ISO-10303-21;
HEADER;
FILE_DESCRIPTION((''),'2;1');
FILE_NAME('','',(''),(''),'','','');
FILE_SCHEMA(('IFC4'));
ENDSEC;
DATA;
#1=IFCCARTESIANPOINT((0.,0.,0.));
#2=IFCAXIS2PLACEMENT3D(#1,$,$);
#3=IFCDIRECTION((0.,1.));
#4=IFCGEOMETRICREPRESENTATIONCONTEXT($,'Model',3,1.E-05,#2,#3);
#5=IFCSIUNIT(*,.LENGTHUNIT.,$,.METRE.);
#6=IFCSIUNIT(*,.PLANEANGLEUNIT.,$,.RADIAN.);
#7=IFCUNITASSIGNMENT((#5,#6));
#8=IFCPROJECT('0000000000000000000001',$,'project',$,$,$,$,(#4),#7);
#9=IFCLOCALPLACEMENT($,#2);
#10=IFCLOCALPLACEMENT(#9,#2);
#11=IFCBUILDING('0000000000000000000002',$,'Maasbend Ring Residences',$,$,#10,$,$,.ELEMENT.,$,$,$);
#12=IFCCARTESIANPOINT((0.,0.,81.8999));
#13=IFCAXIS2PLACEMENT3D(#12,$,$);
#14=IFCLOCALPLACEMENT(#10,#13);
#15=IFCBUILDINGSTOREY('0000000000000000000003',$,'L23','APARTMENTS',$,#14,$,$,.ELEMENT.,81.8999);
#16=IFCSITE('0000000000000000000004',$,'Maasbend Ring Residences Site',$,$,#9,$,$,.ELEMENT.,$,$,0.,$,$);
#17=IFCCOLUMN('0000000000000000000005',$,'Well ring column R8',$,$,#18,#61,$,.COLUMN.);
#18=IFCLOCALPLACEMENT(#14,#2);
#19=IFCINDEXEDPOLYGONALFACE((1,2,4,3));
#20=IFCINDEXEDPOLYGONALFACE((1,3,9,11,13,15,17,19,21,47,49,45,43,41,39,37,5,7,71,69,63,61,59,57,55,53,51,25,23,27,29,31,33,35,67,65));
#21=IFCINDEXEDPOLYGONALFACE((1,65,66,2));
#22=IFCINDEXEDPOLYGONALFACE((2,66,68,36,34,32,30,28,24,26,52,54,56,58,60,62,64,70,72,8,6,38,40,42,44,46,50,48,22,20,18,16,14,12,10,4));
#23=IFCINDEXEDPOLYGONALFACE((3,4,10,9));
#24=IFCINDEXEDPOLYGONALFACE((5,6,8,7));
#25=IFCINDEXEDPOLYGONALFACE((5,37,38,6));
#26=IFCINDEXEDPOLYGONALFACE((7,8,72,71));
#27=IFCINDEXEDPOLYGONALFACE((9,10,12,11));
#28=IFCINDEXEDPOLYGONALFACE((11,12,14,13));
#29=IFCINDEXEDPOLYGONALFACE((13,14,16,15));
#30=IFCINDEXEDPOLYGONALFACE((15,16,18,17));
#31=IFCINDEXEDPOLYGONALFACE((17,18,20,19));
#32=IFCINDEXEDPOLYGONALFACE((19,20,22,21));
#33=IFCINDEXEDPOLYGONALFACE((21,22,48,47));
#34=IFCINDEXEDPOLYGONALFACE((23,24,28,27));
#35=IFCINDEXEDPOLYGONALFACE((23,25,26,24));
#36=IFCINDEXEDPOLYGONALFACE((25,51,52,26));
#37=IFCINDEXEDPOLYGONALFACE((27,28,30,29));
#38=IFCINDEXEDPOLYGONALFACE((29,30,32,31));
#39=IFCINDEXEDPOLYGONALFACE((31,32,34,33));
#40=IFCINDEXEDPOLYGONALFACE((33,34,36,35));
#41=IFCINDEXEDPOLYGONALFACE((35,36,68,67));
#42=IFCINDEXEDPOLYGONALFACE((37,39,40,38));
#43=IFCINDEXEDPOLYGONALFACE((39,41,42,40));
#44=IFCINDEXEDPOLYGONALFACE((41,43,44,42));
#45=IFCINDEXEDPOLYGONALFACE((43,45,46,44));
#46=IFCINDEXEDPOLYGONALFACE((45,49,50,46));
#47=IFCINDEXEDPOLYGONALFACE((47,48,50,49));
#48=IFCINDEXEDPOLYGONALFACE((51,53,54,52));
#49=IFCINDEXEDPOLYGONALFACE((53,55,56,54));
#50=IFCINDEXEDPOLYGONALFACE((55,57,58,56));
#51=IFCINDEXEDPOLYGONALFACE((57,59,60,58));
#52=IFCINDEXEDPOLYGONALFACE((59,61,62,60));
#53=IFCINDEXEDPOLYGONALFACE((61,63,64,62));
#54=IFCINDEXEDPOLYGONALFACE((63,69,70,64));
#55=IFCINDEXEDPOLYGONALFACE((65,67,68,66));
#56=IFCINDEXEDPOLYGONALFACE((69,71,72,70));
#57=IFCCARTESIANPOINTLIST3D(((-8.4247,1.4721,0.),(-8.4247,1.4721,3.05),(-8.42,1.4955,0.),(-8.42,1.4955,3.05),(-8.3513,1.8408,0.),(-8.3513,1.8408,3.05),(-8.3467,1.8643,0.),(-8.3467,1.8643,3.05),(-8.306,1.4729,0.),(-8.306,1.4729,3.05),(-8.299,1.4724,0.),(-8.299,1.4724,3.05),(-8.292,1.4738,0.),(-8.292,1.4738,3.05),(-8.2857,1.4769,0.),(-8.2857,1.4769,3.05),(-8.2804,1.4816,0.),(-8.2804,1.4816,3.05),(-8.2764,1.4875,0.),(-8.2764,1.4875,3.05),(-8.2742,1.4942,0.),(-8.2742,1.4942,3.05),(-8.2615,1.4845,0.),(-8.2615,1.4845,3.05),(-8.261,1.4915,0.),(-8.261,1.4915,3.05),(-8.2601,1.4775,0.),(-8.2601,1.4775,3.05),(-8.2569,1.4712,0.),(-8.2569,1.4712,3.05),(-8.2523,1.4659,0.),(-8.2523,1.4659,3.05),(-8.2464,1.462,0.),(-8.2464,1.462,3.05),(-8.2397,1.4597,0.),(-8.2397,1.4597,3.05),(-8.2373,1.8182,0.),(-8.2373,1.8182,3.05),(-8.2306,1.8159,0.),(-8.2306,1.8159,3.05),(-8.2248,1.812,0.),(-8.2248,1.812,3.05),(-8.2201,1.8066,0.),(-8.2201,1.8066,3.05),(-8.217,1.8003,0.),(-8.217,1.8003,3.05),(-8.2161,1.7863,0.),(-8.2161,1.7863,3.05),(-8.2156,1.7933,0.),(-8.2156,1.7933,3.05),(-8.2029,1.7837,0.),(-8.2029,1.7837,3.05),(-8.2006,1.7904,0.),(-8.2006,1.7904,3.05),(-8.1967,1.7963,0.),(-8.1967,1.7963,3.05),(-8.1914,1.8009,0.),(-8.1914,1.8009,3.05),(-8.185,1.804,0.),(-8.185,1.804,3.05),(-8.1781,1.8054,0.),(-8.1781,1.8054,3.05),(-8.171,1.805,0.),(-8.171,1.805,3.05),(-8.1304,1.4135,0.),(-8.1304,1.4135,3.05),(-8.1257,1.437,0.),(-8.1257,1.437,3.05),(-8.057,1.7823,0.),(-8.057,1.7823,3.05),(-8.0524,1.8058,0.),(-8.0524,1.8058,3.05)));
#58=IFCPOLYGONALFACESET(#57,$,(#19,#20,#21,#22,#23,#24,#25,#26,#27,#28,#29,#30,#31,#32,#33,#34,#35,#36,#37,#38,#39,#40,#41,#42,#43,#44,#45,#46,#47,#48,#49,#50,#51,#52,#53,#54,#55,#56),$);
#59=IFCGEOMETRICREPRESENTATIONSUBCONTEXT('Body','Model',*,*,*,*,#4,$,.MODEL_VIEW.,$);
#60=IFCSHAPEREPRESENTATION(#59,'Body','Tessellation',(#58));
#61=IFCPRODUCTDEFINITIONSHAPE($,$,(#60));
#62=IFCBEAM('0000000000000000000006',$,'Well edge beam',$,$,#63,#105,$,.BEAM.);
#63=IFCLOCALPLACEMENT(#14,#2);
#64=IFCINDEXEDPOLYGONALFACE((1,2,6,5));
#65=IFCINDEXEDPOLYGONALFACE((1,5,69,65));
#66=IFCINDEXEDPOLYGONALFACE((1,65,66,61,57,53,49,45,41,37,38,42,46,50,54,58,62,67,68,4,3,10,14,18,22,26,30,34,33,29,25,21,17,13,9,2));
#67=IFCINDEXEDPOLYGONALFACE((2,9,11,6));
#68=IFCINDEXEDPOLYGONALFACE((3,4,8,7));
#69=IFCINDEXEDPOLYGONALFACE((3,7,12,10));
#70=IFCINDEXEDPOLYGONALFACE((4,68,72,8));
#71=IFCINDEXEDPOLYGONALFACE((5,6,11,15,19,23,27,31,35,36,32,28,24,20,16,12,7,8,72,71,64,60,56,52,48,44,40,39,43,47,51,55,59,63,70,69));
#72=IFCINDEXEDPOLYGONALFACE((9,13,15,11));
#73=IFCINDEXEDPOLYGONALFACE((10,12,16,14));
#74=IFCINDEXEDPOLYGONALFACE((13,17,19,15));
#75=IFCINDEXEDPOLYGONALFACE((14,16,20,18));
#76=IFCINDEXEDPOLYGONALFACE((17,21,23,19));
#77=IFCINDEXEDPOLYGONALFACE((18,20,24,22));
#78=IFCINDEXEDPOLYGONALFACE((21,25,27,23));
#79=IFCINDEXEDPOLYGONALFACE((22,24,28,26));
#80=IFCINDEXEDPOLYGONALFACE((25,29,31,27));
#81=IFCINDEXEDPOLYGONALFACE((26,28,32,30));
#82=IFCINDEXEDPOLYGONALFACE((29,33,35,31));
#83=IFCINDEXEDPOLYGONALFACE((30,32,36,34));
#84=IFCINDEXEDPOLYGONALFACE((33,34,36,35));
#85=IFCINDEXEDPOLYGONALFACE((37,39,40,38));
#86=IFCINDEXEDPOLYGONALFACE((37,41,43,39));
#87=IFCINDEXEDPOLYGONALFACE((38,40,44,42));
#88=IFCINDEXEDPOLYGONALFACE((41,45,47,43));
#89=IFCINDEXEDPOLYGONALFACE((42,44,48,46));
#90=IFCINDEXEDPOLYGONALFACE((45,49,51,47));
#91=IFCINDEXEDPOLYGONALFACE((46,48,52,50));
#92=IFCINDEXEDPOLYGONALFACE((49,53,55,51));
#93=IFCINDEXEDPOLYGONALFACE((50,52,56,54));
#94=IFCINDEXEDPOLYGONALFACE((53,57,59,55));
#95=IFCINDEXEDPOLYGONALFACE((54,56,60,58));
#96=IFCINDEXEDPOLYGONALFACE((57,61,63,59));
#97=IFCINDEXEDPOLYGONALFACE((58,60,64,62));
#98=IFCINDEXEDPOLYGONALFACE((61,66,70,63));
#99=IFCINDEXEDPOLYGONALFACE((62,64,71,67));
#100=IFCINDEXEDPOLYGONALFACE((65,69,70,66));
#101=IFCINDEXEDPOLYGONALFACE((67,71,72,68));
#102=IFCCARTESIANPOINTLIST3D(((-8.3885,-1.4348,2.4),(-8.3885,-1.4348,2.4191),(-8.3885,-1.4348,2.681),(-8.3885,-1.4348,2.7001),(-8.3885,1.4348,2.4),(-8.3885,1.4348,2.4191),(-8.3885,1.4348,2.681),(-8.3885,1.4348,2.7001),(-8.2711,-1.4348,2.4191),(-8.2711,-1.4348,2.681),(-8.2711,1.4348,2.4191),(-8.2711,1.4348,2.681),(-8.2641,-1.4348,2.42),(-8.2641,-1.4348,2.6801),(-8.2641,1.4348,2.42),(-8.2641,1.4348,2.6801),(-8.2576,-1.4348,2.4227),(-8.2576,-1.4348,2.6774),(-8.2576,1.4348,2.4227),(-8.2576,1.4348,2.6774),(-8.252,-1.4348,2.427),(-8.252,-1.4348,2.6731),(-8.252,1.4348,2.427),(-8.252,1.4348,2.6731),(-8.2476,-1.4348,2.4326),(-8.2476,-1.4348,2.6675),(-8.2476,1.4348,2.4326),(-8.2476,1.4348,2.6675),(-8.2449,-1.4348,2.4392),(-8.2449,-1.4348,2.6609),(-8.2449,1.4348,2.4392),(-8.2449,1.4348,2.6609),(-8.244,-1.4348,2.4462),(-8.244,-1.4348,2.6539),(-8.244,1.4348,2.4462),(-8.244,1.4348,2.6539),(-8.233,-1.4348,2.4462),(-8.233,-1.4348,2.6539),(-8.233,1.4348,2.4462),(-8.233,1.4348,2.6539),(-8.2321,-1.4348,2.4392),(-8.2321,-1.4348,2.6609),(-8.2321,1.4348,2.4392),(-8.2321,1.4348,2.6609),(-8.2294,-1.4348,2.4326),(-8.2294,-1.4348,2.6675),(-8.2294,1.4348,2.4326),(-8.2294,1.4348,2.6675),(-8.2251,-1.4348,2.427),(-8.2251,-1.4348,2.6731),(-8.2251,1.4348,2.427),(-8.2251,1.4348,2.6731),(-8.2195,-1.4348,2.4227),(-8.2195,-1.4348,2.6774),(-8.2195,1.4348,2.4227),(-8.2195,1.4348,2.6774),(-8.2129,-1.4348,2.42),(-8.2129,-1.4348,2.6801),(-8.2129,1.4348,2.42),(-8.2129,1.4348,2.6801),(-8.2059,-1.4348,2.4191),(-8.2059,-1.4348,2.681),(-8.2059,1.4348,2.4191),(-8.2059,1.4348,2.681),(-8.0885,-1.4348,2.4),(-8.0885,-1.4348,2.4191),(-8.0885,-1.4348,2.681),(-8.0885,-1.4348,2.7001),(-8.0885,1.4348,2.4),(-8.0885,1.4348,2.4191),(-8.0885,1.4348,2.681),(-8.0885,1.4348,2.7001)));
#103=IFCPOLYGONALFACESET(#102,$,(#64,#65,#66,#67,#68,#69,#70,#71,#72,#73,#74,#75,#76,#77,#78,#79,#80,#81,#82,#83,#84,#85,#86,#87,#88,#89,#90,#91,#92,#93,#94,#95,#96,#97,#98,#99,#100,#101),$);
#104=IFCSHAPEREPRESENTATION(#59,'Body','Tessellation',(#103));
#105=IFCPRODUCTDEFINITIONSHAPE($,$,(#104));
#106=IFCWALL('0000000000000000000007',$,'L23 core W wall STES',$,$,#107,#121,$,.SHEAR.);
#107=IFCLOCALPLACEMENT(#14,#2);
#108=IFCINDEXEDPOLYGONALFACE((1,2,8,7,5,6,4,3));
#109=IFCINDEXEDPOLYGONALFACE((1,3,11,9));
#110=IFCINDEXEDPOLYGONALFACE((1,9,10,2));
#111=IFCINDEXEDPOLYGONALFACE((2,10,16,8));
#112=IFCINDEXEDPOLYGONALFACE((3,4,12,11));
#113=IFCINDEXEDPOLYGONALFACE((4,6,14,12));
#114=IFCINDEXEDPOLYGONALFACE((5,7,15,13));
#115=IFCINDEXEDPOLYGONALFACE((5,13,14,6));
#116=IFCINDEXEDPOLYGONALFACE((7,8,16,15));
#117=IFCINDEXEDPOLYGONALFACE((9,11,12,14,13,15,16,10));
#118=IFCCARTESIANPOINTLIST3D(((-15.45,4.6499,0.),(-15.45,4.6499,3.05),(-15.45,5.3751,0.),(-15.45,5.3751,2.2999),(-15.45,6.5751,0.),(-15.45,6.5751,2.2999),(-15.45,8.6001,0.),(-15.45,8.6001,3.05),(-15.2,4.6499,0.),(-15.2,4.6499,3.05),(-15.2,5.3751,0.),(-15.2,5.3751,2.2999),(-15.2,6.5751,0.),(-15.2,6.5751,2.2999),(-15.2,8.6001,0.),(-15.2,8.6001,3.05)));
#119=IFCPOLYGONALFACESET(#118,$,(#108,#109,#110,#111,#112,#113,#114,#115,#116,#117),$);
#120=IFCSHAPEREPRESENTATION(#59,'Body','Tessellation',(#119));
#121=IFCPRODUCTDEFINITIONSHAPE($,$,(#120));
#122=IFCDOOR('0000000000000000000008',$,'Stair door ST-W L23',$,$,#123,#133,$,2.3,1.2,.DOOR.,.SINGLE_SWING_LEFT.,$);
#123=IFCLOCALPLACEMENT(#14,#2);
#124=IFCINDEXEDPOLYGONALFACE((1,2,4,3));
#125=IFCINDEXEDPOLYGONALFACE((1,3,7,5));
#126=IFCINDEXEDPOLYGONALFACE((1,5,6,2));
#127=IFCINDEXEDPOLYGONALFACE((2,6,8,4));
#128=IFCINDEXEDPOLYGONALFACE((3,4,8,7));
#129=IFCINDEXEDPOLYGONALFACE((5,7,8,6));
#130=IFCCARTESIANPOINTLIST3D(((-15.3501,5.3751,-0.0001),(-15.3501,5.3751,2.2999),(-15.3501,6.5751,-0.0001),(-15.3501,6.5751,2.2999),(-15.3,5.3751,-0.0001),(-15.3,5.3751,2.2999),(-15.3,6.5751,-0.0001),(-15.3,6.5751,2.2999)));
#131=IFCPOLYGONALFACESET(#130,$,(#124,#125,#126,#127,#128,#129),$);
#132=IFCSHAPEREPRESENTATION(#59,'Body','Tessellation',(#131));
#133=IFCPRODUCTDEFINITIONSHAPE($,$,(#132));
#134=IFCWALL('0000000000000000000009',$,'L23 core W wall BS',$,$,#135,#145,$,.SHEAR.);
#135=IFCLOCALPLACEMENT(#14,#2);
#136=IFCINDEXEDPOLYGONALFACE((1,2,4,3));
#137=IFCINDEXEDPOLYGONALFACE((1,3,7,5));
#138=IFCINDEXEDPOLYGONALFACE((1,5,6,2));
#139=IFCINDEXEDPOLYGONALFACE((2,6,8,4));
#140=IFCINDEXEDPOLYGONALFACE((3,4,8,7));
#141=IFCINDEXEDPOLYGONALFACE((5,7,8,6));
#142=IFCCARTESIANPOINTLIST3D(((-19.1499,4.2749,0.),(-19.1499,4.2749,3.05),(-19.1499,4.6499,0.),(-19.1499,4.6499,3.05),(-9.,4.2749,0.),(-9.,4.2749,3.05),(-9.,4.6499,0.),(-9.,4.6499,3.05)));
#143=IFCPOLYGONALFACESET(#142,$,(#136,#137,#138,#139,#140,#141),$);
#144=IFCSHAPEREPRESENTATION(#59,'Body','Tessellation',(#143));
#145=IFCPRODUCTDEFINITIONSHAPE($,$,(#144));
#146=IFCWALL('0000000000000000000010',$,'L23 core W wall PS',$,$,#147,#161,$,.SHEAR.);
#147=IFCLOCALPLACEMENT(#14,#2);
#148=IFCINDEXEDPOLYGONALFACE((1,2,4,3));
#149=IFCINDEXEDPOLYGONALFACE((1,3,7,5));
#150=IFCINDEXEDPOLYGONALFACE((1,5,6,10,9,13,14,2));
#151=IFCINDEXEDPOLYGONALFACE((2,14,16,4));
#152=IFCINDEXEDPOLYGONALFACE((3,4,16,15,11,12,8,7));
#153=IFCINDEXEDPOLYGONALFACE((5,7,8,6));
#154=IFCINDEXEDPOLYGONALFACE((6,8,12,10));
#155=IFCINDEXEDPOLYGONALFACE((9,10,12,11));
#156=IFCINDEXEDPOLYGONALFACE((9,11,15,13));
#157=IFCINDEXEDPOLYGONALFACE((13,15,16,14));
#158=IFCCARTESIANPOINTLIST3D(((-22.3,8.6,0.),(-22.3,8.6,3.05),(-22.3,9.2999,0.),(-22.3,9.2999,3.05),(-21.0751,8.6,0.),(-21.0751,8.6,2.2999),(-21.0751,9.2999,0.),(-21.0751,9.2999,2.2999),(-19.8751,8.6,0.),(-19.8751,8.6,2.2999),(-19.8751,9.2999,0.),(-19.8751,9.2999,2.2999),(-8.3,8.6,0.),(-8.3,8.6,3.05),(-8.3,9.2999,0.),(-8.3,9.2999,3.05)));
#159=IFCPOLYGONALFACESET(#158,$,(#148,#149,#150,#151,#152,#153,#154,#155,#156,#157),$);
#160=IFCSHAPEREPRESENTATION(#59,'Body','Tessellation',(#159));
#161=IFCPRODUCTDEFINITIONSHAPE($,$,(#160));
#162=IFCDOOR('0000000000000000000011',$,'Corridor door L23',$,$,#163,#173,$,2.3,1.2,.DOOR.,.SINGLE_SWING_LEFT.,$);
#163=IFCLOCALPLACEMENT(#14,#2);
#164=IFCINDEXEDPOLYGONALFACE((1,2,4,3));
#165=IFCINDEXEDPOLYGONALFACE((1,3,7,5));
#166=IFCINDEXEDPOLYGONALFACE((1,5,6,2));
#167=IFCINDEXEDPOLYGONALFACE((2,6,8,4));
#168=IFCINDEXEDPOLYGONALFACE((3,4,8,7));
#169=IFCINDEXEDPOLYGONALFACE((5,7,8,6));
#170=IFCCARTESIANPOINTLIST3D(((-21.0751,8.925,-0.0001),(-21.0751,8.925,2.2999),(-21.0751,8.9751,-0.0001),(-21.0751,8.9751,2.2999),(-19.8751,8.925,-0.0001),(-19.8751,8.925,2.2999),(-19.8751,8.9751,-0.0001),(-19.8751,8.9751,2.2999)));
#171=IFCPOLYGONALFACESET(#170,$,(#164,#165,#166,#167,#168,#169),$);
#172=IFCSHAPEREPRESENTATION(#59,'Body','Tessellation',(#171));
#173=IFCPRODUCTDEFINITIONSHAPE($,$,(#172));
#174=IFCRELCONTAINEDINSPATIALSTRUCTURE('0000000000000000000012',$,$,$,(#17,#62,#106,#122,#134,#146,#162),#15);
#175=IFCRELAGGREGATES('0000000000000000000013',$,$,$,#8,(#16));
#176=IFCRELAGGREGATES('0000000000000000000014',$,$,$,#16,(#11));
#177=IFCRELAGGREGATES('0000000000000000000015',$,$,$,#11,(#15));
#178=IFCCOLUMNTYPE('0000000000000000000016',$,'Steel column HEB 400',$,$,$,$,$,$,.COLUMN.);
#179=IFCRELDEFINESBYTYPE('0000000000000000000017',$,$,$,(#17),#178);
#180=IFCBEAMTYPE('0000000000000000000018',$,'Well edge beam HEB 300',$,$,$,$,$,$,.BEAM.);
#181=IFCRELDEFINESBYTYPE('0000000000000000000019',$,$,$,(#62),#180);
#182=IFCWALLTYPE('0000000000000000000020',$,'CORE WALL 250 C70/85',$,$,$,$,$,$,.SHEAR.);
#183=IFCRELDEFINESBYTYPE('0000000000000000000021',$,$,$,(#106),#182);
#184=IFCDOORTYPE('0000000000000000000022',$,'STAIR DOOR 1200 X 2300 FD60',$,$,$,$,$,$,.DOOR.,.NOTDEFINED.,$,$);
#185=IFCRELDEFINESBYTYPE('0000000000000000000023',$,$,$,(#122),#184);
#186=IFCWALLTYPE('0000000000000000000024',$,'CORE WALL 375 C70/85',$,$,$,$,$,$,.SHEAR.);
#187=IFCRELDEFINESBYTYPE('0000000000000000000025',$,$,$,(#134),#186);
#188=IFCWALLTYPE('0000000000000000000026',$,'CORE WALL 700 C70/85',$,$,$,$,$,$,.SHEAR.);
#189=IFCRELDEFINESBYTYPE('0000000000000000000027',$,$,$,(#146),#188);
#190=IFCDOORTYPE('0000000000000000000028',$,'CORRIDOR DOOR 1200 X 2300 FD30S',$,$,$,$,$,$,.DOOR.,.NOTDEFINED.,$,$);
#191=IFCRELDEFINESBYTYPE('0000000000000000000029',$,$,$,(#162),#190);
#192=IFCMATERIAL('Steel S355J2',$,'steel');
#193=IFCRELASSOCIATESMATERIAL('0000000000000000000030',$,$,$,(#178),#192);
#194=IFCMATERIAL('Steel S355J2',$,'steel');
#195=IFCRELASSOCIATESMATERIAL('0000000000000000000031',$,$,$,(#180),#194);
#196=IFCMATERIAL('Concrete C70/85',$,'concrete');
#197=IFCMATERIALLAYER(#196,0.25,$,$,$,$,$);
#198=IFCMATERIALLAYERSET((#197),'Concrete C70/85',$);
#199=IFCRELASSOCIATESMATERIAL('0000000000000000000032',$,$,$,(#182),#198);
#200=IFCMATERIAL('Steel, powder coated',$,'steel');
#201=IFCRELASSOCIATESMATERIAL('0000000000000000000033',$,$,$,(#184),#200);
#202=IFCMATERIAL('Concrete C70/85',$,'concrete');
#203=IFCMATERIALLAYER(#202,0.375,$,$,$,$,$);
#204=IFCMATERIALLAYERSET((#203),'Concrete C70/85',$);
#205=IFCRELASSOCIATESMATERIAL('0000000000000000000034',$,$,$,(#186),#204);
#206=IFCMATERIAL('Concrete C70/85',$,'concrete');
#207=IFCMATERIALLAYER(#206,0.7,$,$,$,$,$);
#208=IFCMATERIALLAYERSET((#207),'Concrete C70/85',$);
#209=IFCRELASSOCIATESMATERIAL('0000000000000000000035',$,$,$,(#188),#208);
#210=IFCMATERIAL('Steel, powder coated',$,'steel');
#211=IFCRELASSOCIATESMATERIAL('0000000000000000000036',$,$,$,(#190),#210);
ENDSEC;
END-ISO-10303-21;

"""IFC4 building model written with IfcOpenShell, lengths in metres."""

from ifc_helpers import new_model, si_unit, direction, frame, frame_2d, origin, origin_2d, place, context, subcontext, project, spatial, rectangle, i_section, extrude, material, layer, layer_set, material_profile, profile_set, type_object, element, fill, save


model = new_model("IFC4")

# Units and contexts
model_context = context("Model", 3, precision=1e-05, world=origin(), true_north=direction((0.0, 1.0)))
body_context = subcontext(model_context, "Body", "Model", "MODEL_VIEW")
ifc_project = project(units=[si_unit("LENGTHUNIT", "METRE"), si_unit("PLANEANGLEUNIT", "RADIAN")], contexts=[model_context])

# Site, building, storey
site_placement = place(None, origin())
site = spatial("IfcSite", under=ifc_project, at=site_placement, Name="Maasbend Ring Residences Site", CompositionType="ELEMENT", RefElevation=0.0)
building_placement = place(site_placement, origin())
building = spatial("IfcBuilding", under=site, at=building_placement, Name="Maasbend Ring Residences", CompositionType="ELEMENT")
storey_placement = place(building_placement, frame((0.0, 0.0, 81.8999)))
storey = spatial("IfcBuildingStorey", under=building, at=storey_placement, Name="L23", Description="APARTMENTS", CompositionType="ELEMENT", Elevation=81.8999)

# Column
ifc_material_1 = material(Name="Steel S355J2", Category="steel")
ifc_material_profile_1 = material_profile(ifc_material_1, i_section(OverallWidth=0.3, OverallDepth=0.3999, WebThickness=0.0134, FlangeThickness=0.0239, FilletRadius=0.0271, at=origin_2d()), Name="HEB 400")
ifc_profile_set_1 = profile_set([ifc_material_profile_1], Name="Steel S355J2")
column_type = type_object("IfcColumnType", Name="Steel column HEB 400", PredefinedType="COLUMN", material=ifc_profile_set_1)
column_placement = place(storey_placement, frame((-8.2385, 1.6389, 0.0), z_axis=(0.0, 0.0, 1.0), x_axis=(-0.980785, 0.19509, 0.0)))
element("IfcColumn", 1, at=column_placement, inside=storey, type_object=column_type, Name="Well ring column R8", PredefinedType="COLUMN", context=body_context, shape_type="SweptSolid", body=[
    extrude(i_section(OverallWidth=0.3, OverallDepth=0.3999, WebThickness=0.0134, FlangeThickness=0.0239, FilletRadius=0.0271, at=origin_2d()), origin(), (0.0, 0.0, 1.0), 3.05),
])

# Beam
ifc_material_2 = material(Name="Steel S355J2", Category="steel")
ifc_material_profile_2 = material_profile(ifc_material_2, i_section(OverallWidth=0.3, OverallDepth=0.3, WebThickness=0.011, FlangeThickness=0.019, FilletRadius=0.0271, at=origin_2d()), Name="HEB 300")
ifc_profile_set_2 = profile_set([ifc_material_profile_2], Name="Steel S355J2")
beam_type = type_object("IfcBeamType", Name="Well edge beam HEB 300", PredefinedType="BEAM", material=ifc_profile_set_2)
beam_placement = place(storey_placement, frame((-8.2385, 1.4348, 2.55), z_axis=(0.0, -1.0, 0.0), x_axis=(1.0, 0.0, 0.0)))
element("IfcBeam", 2, at=beam_placement, inside=storey, type_object=beam_type, Name="Well edge beam", PredefinedType="BEAM", context=body_context, shape_type="SweptSolid", body=[
    extrude(i_section(OverallWidth=0.3, OverallDepth=0.3, WebThickness=0.011, FlangeThickness=0.019, FilletRadius=0.0271, at=origin_2d()), origin(), (0.0, 0.0, 1.0), 2.8696),
])

# Wall, opening, door
ifc_material_3 = material(Name="Concrete C70/85", Category="concrete")
ifc_layer_1 = layer(ifc_material_3, 0.25)
ifc_layer_set_1 = layer_set([ifc_layer_1], Name="Concrete C70/85")
wall_type_1 = type_object("IfcWallType", Name="CORE WALL 250 C70/85", PredefinedType="SHEAR", material=ifc_layer_set_1)
wall_1_placement = place(storey_placement, frame((-15.325, 8.6001, 0.0), z_axis=(0.0, 0.0, 1.0), x_axis=(0.0, -1.0, 0.0)))
wall_1 = element("IfcWall", 3, at=wall_1_placement, inside=storey, type_object=wall_type_1, Name="L23 core W wall STES", PredefinedType="SHEAR", context=body_context, shape_type="SweptSolid", body=[
    extrude(rectangle(XDim=3.9502, YDim=0.25, at=frame_2d((1.9751, 0.0))), origin(), (0.0, 0.0, 1.0), 3.05),
])
opening_1_placement = place(wall_1_placement, frame((2.0249, 0.0, 0.0)))
opening_1 = element("IfcOpeningElement", 4, at=opening_1_placement, cuts=wall_1, PredefinedType="OPENING", context=body_context, shape_type="SweptSolid", body=[
    extrude(rectangle(XDim=1.2, YDim=2.3, at=frame_2d((0.6001, 1.1499))), frame((0.0, 0.135, 0.0), z_axis=(0.0, -1.0, 0.0), x_axis=(1.0, 0.0, 0.0)), (0.0, 0.0, 1.0), 0.27),
])
ifc_material_4 = material(Name="Steel, powder coated", Category="steel")
door_type_1 = type_object("IfcDoorType", Name="STAIR DOOR 1200 X 2300 FD60", OperationType="NOTDEFINED", PredefinedType="DOOR", material=ifc_material_4)
door_1_placement = place(opening_1_placement, origin())
door_1 = element("IfcDoor", 5, at=door_1_placement, inside=storey, type_object=door_type_1, Name="Stair door ST-W L23", OperationType="SINGLE_SWING_LEFT", OverallHeight=2.3, OverallWidth=1.2, PredefinedType="DOOR", context=body_context, shape_type="SweptSolid", body=[
    extrude(rectangle(XDim=1.2, YDim=2.3, at=frame_2d((0.6001, 1.1499))), frame((0.0, 0.0249, 0.0), z_axis=(0.0, -1.0, 0.0), x_axis=(1.0, 0.0, 0.0)), (0.0, 0.0, 1.0), 0.05),
])
fill(opening_1, door_1)

# Wall
ifc_material_5 = material(Name="Concrete C70/85", Category="concrete")
ifc_layer_2 = layer(ifc_material_5, 0.375)
ifc_layer_set_2 = layer_set([ifc_layer_2], Name="Concrete C70/85")
wall_type_2 = type_object("IfcWallType", Name="CORE WALL 375 C70/85", PredefinedType="SHEAR", material=ifc_layer_set_2)
wall_2_placement = place(storey_placement, frame((-9.0, 4.4624, 0.0), z_axis=(0.0, 0.0, 1.0), x_axis=(-1.0, 0.0, 0.0)))
element("IfcWall", 6, at=wall_2_placement, inside=storey, type_object=wall_type_2, Name="L23 core W wall BS", PredefinedType="SHEAR", context=body_context, shape_type="SweptSolid", body=[
    extrude(rectangle(XDim=10.1499, YDim=0.375, at=frame_2d((5.075, 0.0))), origin(), (0.0, 0.0, 1.0), 3.05),
])

# Wall, opening, door
ifc_material_6 = material(Name="Concrete C70/85", Category="concrete")
ifc_layer_3 = layer(ifc_material_6, 0.7)
ifc_layer_set_3 = layer_set([ifc_layer_3], Name="Concrete C70/85")
wall_type_3 = type_object("IfcWallType", Name="CORE WALL 700 C70/85", PredefinedType="SHEAR", material=ifc_layer_set_3)
wall_3_placement = place(storey_placement, frame((-8.3, 8.95, 0.0), z_axis=(0.0, 0.0, 1.0), x_axis=(-1.0, 0.0, 0.0)))
wall_3 = element("IfcWall", 7, at=wall_3_placement, inside=storey, type_object=wall_type_3, Name="L23 core W wall PS", PredefinedType="SHEAR", context=body_context, shape_type="SweptSolid", body=[
    extrude(rectangle(XDim=14.0, YDim=0.7, at=frame_2d((7.0, 0.0))), origin(), (0.0, 0.0, 1.0), 3.05),
])
opening_2_placement = place(wall_3_placement, frame((11.575, 0.0, 0.0)))
opening_2 = element("IfcOpeningElement", 8, at=opening_2_placement, cuts=wall_3, PredefinedType="OPENING", context=body_context, shape_type="SweptSolid", body=[
    extrude(rectangle(XDim=1.2, YDim=2.3, at=frame_2d((0.6001, 1.1499))), frame((0.0, 0.3599, 0.0), z_axis=(0.0, -1.0, 0.0), x_axis=(1.0, 0.0, 0.0)), (0.0, 0.0, 1.0), 0.72),
])
ifc_material_7 = material(Name="Steel, powder coated", Category="steel")
door_type_2 = type_object("IfcDoorType", Name="CORRIDOR DOOR 1200 X 2300 FD30S", OperationType="NOTDEFINED", PredefinedType="DOOR", material=ifc_material_7)
door_2_placement = place(opening_2_placement, origin())
door_2 = element("IfcDoor", 9, at=door_2_placement, inside=storey, type_object=door_type_2, Name="Corridor door L23", OperationType="SINGLE_SWING_LEFT", OverallHeight=2.3, OverallWidth=1.2, PredefinedType="DOOR", context=body_context, shape_type="SweptSolid", body=[
    extrude(rectangle(XDim=1.2, YDim=2.3, at=frame_2d((0.6001, 1.1499))), frame((0.0, 0.0249, 0.0), z_axis=(0.0, -1.0, 0.0), x_axis=(1.0, 0.0, 0.0)), (0.0, 0.0, 1.0), 0.05),
])
fill(opening_2, door_2)

save(model, "model.ifc")
